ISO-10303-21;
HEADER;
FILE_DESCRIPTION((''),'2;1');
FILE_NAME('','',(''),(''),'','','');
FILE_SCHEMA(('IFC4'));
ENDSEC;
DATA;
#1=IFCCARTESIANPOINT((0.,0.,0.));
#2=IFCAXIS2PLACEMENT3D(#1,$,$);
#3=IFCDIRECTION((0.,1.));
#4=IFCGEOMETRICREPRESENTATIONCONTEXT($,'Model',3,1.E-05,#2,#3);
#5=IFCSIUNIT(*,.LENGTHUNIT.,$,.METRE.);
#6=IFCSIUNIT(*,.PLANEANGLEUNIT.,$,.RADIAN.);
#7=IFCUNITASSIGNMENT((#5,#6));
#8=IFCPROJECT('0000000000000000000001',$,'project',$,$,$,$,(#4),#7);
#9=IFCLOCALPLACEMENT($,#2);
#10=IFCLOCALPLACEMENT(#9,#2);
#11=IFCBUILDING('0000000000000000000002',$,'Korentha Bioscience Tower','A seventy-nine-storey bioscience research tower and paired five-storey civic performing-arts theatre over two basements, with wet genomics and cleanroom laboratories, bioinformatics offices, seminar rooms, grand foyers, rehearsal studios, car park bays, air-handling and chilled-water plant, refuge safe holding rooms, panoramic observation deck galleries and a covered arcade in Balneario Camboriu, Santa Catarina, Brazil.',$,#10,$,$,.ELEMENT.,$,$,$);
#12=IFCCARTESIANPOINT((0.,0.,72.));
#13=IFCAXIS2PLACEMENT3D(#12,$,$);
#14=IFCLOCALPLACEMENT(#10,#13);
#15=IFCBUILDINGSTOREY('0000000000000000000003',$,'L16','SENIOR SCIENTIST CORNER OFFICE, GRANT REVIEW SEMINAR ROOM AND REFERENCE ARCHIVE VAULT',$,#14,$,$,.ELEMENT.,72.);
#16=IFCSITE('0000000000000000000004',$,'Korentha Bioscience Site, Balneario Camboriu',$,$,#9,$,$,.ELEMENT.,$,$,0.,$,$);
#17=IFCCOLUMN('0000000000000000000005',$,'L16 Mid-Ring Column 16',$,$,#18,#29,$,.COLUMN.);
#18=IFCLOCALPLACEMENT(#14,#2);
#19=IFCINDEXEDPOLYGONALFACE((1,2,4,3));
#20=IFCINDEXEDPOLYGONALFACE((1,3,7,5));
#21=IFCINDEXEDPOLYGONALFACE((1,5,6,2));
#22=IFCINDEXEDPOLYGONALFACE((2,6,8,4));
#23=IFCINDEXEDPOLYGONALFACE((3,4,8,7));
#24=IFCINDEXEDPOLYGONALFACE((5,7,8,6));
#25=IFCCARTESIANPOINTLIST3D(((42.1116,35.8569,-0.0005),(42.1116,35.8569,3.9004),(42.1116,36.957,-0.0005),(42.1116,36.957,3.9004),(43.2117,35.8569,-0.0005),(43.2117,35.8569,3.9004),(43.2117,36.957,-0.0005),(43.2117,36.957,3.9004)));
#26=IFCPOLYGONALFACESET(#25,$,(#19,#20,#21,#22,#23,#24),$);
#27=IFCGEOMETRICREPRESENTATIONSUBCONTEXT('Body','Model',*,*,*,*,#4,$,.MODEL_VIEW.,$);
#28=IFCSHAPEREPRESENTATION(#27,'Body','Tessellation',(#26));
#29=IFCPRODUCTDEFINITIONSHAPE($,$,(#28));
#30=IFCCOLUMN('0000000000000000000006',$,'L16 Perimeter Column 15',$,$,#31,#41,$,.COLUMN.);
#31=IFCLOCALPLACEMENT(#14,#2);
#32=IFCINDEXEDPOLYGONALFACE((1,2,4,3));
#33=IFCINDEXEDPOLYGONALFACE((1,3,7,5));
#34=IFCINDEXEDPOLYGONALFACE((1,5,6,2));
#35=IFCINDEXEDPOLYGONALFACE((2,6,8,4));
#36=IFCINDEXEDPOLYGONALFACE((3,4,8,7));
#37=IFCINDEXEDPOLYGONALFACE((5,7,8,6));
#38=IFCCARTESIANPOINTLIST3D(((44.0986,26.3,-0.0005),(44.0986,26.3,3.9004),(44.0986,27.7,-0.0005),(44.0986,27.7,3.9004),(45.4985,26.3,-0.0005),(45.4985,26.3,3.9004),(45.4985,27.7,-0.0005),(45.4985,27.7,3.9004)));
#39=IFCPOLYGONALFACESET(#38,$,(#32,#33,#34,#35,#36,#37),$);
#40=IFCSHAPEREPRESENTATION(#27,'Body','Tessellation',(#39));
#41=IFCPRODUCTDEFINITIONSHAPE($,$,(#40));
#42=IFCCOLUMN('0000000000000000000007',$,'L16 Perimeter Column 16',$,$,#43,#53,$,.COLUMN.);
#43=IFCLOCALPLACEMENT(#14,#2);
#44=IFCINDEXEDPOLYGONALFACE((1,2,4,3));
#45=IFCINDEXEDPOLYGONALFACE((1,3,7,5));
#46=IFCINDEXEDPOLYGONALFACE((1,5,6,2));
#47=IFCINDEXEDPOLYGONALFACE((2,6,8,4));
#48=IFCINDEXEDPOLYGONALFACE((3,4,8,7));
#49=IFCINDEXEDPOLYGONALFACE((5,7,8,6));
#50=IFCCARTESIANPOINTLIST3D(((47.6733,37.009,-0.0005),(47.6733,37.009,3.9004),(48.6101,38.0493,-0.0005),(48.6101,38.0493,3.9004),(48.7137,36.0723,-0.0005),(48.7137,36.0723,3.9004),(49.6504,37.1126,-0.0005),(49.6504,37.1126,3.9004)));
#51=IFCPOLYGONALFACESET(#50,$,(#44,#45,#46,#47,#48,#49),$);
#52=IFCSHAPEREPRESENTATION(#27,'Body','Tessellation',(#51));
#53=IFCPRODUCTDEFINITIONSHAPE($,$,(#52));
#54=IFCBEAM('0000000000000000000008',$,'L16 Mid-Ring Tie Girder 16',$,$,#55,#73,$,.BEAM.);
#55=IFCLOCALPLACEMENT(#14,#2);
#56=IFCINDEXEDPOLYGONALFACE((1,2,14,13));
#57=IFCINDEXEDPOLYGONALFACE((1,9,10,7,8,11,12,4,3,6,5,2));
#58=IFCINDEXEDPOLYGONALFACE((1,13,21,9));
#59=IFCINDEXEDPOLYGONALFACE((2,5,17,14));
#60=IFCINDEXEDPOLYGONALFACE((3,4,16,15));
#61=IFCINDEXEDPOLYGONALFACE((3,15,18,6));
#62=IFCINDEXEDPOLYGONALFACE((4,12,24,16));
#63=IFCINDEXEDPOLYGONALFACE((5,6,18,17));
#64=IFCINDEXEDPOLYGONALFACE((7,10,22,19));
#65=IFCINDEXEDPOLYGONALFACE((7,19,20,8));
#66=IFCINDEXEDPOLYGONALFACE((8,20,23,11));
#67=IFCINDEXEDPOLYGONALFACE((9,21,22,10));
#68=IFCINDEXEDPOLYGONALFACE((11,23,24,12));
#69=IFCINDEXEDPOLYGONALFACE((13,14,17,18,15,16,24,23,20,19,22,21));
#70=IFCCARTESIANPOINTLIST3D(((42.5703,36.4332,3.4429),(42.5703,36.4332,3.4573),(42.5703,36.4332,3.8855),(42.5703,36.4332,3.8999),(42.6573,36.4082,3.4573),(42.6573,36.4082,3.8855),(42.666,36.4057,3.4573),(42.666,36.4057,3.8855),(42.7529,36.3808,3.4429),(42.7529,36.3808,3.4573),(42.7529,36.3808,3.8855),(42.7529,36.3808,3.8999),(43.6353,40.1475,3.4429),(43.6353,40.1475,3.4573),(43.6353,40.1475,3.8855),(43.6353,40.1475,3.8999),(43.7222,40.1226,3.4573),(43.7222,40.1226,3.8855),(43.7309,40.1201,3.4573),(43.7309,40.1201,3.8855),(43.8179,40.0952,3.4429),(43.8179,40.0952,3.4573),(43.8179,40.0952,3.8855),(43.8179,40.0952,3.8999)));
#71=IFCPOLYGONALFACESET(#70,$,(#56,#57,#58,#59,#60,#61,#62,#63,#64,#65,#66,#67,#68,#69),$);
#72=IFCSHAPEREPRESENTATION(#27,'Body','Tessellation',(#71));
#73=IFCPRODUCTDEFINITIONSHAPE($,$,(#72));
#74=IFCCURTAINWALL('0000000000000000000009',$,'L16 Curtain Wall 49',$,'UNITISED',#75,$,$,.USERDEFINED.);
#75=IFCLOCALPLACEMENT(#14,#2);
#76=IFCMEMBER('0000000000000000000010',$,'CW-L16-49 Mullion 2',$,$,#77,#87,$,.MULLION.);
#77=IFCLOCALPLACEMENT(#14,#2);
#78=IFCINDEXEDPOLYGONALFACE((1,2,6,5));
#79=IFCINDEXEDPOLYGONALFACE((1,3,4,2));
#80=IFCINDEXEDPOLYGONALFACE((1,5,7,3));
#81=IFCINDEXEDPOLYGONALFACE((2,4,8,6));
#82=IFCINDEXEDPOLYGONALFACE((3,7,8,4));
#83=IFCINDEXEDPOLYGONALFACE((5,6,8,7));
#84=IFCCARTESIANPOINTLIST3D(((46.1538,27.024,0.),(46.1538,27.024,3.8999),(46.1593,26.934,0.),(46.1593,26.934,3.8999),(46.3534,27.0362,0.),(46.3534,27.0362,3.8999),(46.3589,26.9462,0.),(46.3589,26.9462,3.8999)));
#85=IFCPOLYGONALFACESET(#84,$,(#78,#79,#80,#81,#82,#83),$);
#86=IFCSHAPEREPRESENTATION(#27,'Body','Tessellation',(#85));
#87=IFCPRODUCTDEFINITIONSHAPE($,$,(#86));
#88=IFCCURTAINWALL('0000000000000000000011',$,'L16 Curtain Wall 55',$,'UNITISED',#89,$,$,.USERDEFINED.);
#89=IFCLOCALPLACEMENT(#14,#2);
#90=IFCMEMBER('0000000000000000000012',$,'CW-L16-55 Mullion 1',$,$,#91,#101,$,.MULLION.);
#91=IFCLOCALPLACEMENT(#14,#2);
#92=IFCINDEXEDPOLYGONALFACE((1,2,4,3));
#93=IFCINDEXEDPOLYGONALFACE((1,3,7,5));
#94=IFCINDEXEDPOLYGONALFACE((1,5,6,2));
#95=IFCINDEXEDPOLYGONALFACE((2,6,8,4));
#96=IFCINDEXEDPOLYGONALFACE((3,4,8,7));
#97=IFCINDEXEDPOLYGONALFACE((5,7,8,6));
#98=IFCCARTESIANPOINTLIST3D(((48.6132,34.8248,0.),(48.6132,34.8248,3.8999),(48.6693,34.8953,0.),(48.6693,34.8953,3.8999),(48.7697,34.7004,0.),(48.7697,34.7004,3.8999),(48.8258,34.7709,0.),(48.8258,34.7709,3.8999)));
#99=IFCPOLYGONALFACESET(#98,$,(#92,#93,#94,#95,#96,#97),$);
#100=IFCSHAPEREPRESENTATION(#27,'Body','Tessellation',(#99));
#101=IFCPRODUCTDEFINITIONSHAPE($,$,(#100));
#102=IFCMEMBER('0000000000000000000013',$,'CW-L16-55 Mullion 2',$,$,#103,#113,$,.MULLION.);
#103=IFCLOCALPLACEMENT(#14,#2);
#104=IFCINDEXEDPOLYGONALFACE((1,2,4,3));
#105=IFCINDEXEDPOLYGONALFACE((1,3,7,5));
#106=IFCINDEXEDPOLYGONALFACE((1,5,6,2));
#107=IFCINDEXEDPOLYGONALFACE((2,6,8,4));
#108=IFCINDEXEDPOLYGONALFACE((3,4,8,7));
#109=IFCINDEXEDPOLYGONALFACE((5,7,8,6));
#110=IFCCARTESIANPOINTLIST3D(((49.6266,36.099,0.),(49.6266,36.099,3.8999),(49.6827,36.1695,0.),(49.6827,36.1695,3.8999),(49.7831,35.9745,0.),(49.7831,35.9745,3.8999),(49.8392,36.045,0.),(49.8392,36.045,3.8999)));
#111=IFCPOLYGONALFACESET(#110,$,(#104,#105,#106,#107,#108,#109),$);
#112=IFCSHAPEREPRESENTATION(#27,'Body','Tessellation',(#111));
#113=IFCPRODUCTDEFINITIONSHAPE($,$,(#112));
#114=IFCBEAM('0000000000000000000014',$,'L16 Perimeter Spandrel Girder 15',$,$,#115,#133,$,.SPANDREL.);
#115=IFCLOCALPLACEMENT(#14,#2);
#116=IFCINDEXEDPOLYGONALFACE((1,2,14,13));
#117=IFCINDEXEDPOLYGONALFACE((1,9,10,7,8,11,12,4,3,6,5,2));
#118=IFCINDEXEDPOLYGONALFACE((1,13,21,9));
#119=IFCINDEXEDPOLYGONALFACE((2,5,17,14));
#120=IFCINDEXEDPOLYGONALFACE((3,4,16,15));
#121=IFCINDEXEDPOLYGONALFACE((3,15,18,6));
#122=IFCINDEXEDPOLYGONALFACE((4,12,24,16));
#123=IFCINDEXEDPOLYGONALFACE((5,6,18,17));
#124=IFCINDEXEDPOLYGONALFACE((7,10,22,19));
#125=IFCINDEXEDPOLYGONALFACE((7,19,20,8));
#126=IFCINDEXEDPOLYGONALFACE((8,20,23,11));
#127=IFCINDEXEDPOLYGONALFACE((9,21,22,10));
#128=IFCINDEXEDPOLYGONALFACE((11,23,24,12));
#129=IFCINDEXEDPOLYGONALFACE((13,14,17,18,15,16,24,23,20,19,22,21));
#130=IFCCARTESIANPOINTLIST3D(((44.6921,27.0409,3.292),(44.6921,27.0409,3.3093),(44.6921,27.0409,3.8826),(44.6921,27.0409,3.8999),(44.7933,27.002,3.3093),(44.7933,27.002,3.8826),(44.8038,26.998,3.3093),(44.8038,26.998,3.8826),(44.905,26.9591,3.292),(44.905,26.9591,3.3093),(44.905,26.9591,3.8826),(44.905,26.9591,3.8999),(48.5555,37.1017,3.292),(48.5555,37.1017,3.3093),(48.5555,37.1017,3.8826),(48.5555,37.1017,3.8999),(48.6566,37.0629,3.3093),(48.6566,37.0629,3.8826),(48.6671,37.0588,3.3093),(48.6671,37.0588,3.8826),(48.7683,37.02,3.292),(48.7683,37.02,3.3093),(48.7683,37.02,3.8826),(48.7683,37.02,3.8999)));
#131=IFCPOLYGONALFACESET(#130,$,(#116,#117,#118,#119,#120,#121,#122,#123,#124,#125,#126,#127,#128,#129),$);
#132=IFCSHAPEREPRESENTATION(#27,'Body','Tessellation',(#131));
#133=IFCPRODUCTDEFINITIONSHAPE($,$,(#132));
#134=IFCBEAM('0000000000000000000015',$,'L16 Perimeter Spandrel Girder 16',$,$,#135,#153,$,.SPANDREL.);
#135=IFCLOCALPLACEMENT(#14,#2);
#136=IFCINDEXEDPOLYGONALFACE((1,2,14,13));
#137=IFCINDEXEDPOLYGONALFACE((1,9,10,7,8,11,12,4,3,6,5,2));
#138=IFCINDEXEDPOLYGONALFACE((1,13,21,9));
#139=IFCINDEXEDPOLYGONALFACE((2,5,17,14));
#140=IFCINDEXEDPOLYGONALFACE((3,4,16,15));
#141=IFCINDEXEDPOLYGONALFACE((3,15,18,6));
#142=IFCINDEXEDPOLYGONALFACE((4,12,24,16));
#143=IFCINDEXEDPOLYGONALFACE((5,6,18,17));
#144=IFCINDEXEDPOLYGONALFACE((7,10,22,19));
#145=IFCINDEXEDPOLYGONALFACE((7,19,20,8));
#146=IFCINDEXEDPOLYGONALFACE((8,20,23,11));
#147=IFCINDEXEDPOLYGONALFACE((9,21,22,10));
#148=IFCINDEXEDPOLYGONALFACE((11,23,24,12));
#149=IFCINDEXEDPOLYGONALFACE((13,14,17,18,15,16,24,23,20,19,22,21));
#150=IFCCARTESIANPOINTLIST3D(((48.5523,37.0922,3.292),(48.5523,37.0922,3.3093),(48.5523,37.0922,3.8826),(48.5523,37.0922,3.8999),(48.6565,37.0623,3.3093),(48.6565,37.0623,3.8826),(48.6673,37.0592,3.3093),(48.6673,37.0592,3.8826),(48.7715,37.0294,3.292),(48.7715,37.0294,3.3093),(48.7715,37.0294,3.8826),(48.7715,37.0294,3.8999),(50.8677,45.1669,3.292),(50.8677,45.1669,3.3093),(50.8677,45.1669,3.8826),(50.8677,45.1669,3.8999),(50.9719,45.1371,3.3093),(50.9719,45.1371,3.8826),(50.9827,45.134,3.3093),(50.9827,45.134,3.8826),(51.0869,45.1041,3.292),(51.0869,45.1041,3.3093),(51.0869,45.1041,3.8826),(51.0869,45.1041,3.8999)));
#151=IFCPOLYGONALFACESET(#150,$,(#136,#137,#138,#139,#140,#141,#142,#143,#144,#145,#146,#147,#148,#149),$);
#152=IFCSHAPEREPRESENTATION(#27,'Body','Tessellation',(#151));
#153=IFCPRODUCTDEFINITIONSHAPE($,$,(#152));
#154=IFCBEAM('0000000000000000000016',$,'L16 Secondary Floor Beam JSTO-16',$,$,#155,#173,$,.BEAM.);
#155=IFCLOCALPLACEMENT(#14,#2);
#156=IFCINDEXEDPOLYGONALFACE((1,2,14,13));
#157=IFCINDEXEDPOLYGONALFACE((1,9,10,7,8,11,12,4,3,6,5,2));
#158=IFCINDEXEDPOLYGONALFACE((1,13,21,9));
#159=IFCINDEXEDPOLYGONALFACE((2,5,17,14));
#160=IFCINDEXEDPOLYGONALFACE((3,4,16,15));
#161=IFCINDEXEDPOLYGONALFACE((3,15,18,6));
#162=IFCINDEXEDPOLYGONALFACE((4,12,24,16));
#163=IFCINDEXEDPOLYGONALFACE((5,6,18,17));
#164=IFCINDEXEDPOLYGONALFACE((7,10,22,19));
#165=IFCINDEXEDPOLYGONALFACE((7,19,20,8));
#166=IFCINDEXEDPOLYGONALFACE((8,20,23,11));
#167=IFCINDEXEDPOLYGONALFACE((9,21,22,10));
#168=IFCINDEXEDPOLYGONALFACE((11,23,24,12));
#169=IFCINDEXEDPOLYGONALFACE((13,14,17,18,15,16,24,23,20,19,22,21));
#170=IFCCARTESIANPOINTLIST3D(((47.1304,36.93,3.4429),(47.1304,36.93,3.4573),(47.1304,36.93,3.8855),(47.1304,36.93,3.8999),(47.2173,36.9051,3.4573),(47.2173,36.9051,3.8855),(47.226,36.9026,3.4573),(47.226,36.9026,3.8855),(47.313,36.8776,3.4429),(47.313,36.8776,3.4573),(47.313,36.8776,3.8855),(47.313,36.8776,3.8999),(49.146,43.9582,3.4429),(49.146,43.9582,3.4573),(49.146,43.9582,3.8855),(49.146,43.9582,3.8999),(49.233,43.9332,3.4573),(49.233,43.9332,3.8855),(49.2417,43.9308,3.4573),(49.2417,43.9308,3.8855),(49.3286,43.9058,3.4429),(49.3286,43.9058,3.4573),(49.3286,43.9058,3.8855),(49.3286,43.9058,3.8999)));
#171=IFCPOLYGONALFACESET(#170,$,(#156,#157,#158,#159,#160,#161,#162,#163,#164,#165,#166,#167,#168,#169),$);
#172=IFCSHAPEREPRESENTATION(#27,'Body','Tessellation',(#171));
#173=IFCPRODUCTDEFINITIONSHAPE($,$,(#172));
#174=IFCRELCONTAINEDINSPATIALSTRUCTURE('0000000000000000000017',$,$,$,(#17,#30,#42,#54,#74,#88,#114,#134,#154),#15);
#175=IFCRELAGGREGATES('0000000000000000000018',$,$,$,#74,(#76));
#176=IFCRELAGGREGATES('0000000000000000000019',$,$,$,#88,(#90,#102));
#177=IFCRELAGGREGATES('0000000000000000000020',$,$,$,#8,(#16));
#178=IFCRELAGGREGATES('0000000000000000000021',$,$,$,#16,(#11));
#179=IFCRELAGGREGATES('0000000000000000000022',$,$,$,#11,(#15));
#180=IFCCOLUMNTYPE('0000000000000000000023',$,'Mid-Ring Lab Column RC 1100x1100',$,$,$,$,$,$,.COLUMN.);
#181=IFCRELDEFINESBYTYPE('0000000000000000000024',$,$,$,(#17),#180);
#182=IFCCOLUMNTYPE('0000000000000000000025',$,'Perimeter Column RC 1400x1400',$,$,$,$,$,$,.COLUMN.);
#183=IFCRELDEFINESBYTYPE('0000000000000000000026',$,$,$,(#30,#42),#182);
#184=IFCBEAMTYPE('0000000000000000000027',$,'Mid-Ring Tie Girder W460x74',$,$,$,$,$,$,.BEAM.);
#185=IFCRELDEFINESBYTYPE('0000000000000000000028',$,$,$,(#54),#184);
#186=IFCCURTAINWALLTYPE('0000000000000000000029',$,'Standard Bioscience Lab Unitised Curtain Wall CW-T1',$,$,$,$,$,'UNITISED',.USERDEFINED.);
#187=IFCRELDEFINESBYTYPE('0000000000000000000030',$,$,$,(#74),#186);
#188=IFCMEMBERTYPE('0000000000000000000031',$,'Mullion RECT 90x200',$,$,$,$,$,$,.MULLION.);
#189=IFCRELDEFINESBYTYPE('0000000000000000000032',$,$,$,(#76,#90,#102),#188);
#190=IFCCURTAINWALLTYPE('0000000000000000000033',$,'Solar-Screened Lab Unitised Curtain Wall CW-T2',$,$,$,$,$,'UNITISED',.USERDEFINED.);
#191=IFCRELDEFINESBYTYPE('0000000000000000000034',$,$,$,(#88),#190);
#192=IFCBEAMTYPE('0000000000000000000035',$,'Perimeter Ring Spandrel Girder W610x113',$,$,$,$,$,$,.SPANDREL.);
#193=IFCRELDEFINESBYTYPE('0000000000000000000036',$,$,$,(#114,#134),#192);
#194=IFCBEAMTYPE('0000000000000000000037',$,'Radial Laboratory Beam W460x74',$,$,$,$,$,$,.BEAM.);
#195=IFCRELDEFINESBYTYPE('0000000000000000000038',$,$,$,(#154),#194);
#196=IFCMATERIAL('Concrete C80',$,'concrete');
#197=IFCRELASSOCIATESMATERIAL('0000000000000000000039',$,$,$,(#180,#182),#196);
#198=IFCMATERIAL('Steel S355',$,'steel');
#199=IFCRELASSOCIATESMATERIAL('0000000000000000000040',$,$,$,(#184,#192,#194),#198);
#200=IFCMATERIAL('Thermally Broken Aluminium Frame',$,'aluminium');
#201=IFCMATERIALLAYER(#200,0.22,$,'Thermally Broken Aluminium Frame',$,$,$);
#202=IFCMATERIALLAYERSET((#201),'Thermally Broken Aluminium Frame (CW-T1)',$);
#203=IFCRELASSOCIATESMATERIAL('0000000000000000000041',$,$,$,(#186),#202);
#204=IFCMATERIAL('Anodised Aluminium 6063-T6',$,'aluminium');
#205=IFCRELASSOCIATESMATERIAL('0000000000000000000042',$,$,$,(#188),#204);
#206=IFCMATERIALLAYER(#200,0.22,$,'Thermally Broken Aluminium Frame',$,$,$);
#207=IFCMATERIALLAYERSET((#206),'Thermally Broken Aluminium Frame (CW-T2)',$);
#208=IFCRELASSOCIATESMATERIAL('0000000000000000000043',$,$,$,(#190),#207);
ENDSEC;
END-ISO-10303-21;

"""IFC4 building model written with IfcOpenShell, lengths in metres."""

from ifc_helpers import new_model, si_unit, direction, frame, origin, origin_2d, place, context, subcontext, project, spatial, rectangle, i_section, extrude, material, layer, layer_set, material_profile, profile_set, type_object, element, aggregate, save


model = new_model("IFC4")

# Units and contexts
model_context = context("Model", 3, precision=1e-05, world=origin(), true_north=direction((0.0, 1.0)))
body_context = subcontext(model_context, "Body", "Model", "MODEL_VIEW")
ifc_project = project(units=[si_unit("LENGTHUNIT", "METRE"), si_unit("PLANEANGLEUNIT", "RADIAN")], contexts=[model_context])

# Site, building, storey
site_placement = place(None, origin())
site = spatial("IfcSite", under=ifc_project, at=site_placement, Name="Korentha Bioscience Site, Balneario Camboriu", CompositionType="ELEMENT", RefElevation=0.0)
building_placement = place(site_placement, origin())
building = spatial("IfcBuilding", under=site, at=building_placement, Name="Korentha Bioscience Tower", Description="A seventy-nine-storey bioscience research tower and paired five-storey civic performing-arts theatre over two basements, with wet genomics and cleanroom laboratories, bioinformatics offices, seminar rooms, grand foyers, rehearsal studios, car park bays, air-handling and chilled-water plant, refuge safe holding rooms, panoramic observation deck galleries and a covered arcade in Balneario Camboriu, Santa Catarina, Brazil.", CompositionType="ELEMENT")
storey_placement = place(building_placement, frame((0.0, 0.0, 72.0)))
storey = spatial("IfcBuildingStorey", under=building, at=storey_placement, Name="L16", Description="SENIOR SCIENTIST CORNER OFFICE, GRANT REVIEW SEMINAR ROOM AND REFERENCE ARCHIVE VAULT", CompositionType="ELEMENT", Elevation=72.0)

# Columns
ifc_material_1 = material(Name="Concrete C80", Category="concrete")
ifc_material_profile_1 = material_profile(ifc_material_1, rectangle(XDim=1.1001, YDim=1.1001, at=origin_2d()), Name="Concrete C80")
ifc_profile_set_1 = profile_set([ifc_material_profile_1], Name="Concrete C80 (COL-MR11)")
column_type_1 = type_object("IfcColumnType", Name="Mid-Ring Lab Column RC 1100x1100", PredefinedType="COLUMN", material=ifc_profile_set_1)
column_placement = place(storey_placement, frame((42.6616, 36.407, -0.0005), z_axis=(0.0, 0.0, 1.0), x_axis=(1.0, 0.0, 0.0)))
element("IfcColumn", 1, at=column_placement, inside=storey, type_object=column_type_1, Name="L16 Mid-Ring Column 16", PredefinedType="COLUMN", context=body_context, shape_type="SweptSolid", body=[
    extrude(rectangle(XDim=1.1001, YDim=1.1001, at=origin_2d()), origin(), (0.0, 0.0, 1.0), 3.9009),
])
ifc_material_profile_2 = material_profile(ifc_material_1, rectangle(XDim=1.3999, YDim=1.3999, at=origin_2d()), Name="Concrete C80")
ifc_profile_set_2 = profile_set([ifc_material_profile_2], Name="Concrete C80 (COL-P14)")
column_type_2 = type_object("IfcColumnType", Name="Perimeter Column RC 1400x1400", PredefinedType="COLUMN", material=ifc_profile_set_2)
for number, where, z_axis, x_axis, name in (
    (2, (44.7986, 27.0, -0.0005), (0.0, 0.0, 1.0), (0.0, 1.0, 0.0), "L16 Perimeter Column 15"),
    (3, (48.6619, 37.0608, -0.0005), (0.0, 0.0, 1.0), (0.669131, 0.743145, 0.0), "L16 Perimeter Column 16"),
):
    element("IfcColumn", number, at=place(storey_placement, frame(where, z_axis=z_axis, x_axis=x_axis)), inside=storey, type_object=column_type_2, Name=name, PredefinedType="COLUMN", context=body_context, shape_type="SweptSolid", body=[
        extrude(rectangle(XDim=1.3999, YDim=1.3999, at=origin_2d()), origin(), (0.0, 0.0, 1.0), 3.9009),
    ])

# Beam
ifc_material_2 = material(Name="Steel S355", Category="steel")
ifc_material_profile_3 = material_profile(ifc_material_2, i_section(OverallWidth=0.1899, OverallDepth=0.457, WebThickness=0.009, FlangeThickness=0.0144, at=origin_2d()), Name="Steel S355")
ifc_profile_set_3 = profile_set([ifc_material_profile_3], Name="Steel S355 (MB-460)")
beam_type_1 = type_object("IfcBeamType", Name="Mid-Ring Tie Girder W460x74", PredefinedType="BEAM", material=ifc_profile_set_3)
beam_1_placement = place(storey_placement, frame((42.6616, 36.407, 3.6714), z_axis=(0.275606, 0.961271, 0.0), x_axis=(-0.961271, 0.275606, 0.0)))
element("IfcBeam", 4, at=beam_1_placement, inside=storey, type_object=beam_type_1, Name="L16 Mid-Ring Tie Girder 16", PredefinedType="BEAM", context=body_context, shape_type="SweptSolid", body=[
    extrude(i_section(OverallWidth=0.1899, OverallDepth=0.457, WebThickness=0.009, FlangeThickness=0.0144, at=origin_2d()), origin(), (0.0, 0.0, 1.0), 3.864),
])

# Curtain wall, member
ifc_material_3 = material(Name="Thermally Broken Aluminium Frame", Category="aluminium")
ifc_layer_1 = layer(ifc_material_3, 0.22, Name="Thermally Broken Aluminium Frame")
ifc_layer_set_1 = layer_set([ifc_layer_1], Name="Thermally Broken Aluminium Frame (CW-T1)")
curtain_wall_type_1 = type_object("IfcCurtainWallType", Name="Standard Bioscience Lab Unitised Curtain Wall CW-T1", ElementType="UNITISED", PredefinedType="USERDEFINED", material=ifc_layer_set_1)
curtain_wall_1_placement = place(storey_placement, origin())
curtain_wall_1 = element("IfcCurtainWall", 5, at=curtain_wall_1_placement, inside=storey, type_object=curtain_wall_type_1, Name="L16 Curtain Wall 49", ObjectType="UNITISED", PredefinedType="USERDEFINED")
ifc_material_4 = material(Name="Anodised Aluminium 6063-T6", Category="aluminium")
ifc_material_profile_4 = material_profile(ifc_material_4, rectangle(XDim=0.0901, YDim=0.2, at=origin_2d()), Name="Anodised Aluminium 6063-T6")
ifc_profile_set_4 = profile_set([ifc_material_profile_4], Name="Anodised Aluminium 6063-T6 (CW-MUL)")
member_type_1 = type_object("IfcMemberType", Name="Mullion RECT 90x200", PredefinedType="MULLION", material=ifc_profile_set_4)
member_1_placement = place(storey_placement, frame((46.2563, 26.9851, 0.0), z_axis=(0.0, 0.0, 1.0), x_axis=(-0.061008, 0.998137, 0.0)))
member_1 = element("IfcMember", 6, at=member_1_placement, type_object=member_type_1, Name="CW-L16-49 Mullion 2", PredefinedType="MULLION", context=body_context, shape_type="SweptSolid", body=[
    extrude(rectangle(XDim=0.0901, YDim=0.2, at=origin_2d()), origin(), (0.0, 0.0, 1.0), 3.8999),
])

# Curtain wall, members
ifc_layer_2 = layer(ifc_material_3, 0.22, Name="Thermally Broken Aluminium Frame")
ifc_layer_set_2 = layer_set([ifc_layer_2], Name="Thermally Broken Aluminium Frame (CW-T2)")
curtain_wall_type_2 = type_object("IfcCurtainWallType", Name="Solar-Screened Lab Unitised Curtain Wall CW-T2", ElementType="UNITISED", PredefinedType="USERDEFINED", material=ifc_layer_set_2)
curtain_wall_2_placement = place(storey_placement, origin())
curtain_wall_2 = element("IfcCurtainWall", 7, at=curtain_wall_2_placement, inside=storey, type_object=curtain_wall_type_2, Name="L16 Curtain Wall 55", ObjectType="UNITISED", PredefinedType="USERDEFINED")
member_2_placement = place(storey_placement, frame((48.7195, 34.7979, 0.0), z_axis=(0.0, 0.0, 1.0), x_axis=(0.62252, 0.782604, 0.0)))
member_2 = element("IfcMember", 8, at=member_2_placement, type_object=member_type_1, Name="CW-L16-55 Mullion 1", PredefinedType="MULLION", context=body_context, shape_type="SweptSolid", body=[
    extrude(rectangle(XDim=0.0901, YDim=0.2, at=origin_2d()), origin(), (0.0, 0.0, 1.0), 3.8999),
])
member_3_placement = place(storey_placement, frame((49.7329, 36.072, 0.0), z_axis=(0.0, 0.0, 1.0), x_axis=(0.62252, 0.782604, 0.0)))
member_3 = element("IfcMember", 9, at=member_3_placement, type_object=member_type_1, Name="CW-L16-55 Mullion 2", PredefinedType="MULLION", context=body_context, shape_type="SweptSolid", body=[
    extrude(rectangle(XDim=0.0901, YDim=0.2, at=origin_2d()), origin(), (0.0, 0.0, 1.0), 3.8999),
])

# Beams
ifc_material_profile_5 = material_profile(ifc_material_2, i_section(OverallWidth=0.228, OverallDepth=0.6079, WebThickness=0.0112, FlangeThickness=0.0173, at=origin_2d()), Name="Steel S355")
ifc_profile_set_5 = profile_set([ifc_material_profile_5], Name="Steel S355 (SB-610)")
beam_type_2 = type_object("IfcBeamType", Name="Perimeter Ring Spandrel Girder W610x113", PredefinedType="SPANDREL", material=ifc_profile_set_5)
beam_2_placement = place(storey_placement, frame((44.7986, 27.0, 3.5959), z_axis=(0.358474, 0.93354, 0.0), x_axis=(-0.93354, 0.358474, 0.0)))
element("IfcBeam", 10, at=beam_2_placement, inside=storey, type_object=beam_type_2, Name="L16 Perimeter Spandrel Girder 15", PredefinedType="SPANDREL", context=body_context, shape_type="SweptSolid", body=[
    extrude(i_section(OverallWidth=0.228, OverallDepth=0.6079, WebThickness=0.0112, FlangeThickness=0.0173, at=origin_2d()), origin(), (0.0, 0.0, 1.0), 10.7771),
])
beam_3_placement = place(storey_placement, frame((48.6619, 37.0608, 3.5959), z_axis=(0.275642, 0.96126, 0.0), x_axis=(-0.96126, 0.275642, 0.0)))
element("IfcBeam", 11, at=beam_3_placement, inside=storey, type_object=beam_type_2, Name="L16 Perimeter Spandrel Girder 16", PredefinedType="SPANDREL", context=body_context, shape_type="SweptSolid", body=[
    extrude(i_section(OverallWidth=0.228, OverallDepth=0.6079, WebThickness=0.0112, FlangeThickness=0.0173, at=origin_2d()), origin(), (0.0, 0.0, 1.0), 8.4001),
])
ifc_material_profile_6 = material_profile(ifc_material_2, i_section(OverallWidth=0.1899, OverallDepth=0.457, WebThickness=0.009, FlangeThickness=0.0144, at=origin_2d()), Name="Steel S355")
ifc_profile_set_6 = profile_set([ifc_material_profile_6], Name="Steel S355 (RB-460)")
beam_type_3 = type_object("IfcBeamType", Name="Radial Laboratory Beam W460x74", PredefinedType="BEAM", material=ifc_profile_set_6)
beam_4_placement = place(storey_placement, frame((47.2217, 36.9038, 3.6714), z_axis=(0.275682, 0.961249, 0.0), x_axis=(-0.961249, 0.275682, 0.0)))
element("IfcBeam", 12, at=beam_4_placement, inside=storey, type_object=beam_type_3, Name="L16 Secondary Floor Beam JSTO-16", PredefinedType="BEAM", context=body_context, shape_type="SweptSolid", body=[
    extrude(i_section(OverallWidth=0.1899, OverallDepth=0.457, WebThickness=0.009, FlangeThickness=0.0144, at=origin_2d()), origin(), (0.0, 0.0, 1.0), 7.3115),
])

aggregate(curtain_wall_1, [member_1])
aggregate(curtain_wall_2, [member_2, member_3])

save(model, "model.ifc")
